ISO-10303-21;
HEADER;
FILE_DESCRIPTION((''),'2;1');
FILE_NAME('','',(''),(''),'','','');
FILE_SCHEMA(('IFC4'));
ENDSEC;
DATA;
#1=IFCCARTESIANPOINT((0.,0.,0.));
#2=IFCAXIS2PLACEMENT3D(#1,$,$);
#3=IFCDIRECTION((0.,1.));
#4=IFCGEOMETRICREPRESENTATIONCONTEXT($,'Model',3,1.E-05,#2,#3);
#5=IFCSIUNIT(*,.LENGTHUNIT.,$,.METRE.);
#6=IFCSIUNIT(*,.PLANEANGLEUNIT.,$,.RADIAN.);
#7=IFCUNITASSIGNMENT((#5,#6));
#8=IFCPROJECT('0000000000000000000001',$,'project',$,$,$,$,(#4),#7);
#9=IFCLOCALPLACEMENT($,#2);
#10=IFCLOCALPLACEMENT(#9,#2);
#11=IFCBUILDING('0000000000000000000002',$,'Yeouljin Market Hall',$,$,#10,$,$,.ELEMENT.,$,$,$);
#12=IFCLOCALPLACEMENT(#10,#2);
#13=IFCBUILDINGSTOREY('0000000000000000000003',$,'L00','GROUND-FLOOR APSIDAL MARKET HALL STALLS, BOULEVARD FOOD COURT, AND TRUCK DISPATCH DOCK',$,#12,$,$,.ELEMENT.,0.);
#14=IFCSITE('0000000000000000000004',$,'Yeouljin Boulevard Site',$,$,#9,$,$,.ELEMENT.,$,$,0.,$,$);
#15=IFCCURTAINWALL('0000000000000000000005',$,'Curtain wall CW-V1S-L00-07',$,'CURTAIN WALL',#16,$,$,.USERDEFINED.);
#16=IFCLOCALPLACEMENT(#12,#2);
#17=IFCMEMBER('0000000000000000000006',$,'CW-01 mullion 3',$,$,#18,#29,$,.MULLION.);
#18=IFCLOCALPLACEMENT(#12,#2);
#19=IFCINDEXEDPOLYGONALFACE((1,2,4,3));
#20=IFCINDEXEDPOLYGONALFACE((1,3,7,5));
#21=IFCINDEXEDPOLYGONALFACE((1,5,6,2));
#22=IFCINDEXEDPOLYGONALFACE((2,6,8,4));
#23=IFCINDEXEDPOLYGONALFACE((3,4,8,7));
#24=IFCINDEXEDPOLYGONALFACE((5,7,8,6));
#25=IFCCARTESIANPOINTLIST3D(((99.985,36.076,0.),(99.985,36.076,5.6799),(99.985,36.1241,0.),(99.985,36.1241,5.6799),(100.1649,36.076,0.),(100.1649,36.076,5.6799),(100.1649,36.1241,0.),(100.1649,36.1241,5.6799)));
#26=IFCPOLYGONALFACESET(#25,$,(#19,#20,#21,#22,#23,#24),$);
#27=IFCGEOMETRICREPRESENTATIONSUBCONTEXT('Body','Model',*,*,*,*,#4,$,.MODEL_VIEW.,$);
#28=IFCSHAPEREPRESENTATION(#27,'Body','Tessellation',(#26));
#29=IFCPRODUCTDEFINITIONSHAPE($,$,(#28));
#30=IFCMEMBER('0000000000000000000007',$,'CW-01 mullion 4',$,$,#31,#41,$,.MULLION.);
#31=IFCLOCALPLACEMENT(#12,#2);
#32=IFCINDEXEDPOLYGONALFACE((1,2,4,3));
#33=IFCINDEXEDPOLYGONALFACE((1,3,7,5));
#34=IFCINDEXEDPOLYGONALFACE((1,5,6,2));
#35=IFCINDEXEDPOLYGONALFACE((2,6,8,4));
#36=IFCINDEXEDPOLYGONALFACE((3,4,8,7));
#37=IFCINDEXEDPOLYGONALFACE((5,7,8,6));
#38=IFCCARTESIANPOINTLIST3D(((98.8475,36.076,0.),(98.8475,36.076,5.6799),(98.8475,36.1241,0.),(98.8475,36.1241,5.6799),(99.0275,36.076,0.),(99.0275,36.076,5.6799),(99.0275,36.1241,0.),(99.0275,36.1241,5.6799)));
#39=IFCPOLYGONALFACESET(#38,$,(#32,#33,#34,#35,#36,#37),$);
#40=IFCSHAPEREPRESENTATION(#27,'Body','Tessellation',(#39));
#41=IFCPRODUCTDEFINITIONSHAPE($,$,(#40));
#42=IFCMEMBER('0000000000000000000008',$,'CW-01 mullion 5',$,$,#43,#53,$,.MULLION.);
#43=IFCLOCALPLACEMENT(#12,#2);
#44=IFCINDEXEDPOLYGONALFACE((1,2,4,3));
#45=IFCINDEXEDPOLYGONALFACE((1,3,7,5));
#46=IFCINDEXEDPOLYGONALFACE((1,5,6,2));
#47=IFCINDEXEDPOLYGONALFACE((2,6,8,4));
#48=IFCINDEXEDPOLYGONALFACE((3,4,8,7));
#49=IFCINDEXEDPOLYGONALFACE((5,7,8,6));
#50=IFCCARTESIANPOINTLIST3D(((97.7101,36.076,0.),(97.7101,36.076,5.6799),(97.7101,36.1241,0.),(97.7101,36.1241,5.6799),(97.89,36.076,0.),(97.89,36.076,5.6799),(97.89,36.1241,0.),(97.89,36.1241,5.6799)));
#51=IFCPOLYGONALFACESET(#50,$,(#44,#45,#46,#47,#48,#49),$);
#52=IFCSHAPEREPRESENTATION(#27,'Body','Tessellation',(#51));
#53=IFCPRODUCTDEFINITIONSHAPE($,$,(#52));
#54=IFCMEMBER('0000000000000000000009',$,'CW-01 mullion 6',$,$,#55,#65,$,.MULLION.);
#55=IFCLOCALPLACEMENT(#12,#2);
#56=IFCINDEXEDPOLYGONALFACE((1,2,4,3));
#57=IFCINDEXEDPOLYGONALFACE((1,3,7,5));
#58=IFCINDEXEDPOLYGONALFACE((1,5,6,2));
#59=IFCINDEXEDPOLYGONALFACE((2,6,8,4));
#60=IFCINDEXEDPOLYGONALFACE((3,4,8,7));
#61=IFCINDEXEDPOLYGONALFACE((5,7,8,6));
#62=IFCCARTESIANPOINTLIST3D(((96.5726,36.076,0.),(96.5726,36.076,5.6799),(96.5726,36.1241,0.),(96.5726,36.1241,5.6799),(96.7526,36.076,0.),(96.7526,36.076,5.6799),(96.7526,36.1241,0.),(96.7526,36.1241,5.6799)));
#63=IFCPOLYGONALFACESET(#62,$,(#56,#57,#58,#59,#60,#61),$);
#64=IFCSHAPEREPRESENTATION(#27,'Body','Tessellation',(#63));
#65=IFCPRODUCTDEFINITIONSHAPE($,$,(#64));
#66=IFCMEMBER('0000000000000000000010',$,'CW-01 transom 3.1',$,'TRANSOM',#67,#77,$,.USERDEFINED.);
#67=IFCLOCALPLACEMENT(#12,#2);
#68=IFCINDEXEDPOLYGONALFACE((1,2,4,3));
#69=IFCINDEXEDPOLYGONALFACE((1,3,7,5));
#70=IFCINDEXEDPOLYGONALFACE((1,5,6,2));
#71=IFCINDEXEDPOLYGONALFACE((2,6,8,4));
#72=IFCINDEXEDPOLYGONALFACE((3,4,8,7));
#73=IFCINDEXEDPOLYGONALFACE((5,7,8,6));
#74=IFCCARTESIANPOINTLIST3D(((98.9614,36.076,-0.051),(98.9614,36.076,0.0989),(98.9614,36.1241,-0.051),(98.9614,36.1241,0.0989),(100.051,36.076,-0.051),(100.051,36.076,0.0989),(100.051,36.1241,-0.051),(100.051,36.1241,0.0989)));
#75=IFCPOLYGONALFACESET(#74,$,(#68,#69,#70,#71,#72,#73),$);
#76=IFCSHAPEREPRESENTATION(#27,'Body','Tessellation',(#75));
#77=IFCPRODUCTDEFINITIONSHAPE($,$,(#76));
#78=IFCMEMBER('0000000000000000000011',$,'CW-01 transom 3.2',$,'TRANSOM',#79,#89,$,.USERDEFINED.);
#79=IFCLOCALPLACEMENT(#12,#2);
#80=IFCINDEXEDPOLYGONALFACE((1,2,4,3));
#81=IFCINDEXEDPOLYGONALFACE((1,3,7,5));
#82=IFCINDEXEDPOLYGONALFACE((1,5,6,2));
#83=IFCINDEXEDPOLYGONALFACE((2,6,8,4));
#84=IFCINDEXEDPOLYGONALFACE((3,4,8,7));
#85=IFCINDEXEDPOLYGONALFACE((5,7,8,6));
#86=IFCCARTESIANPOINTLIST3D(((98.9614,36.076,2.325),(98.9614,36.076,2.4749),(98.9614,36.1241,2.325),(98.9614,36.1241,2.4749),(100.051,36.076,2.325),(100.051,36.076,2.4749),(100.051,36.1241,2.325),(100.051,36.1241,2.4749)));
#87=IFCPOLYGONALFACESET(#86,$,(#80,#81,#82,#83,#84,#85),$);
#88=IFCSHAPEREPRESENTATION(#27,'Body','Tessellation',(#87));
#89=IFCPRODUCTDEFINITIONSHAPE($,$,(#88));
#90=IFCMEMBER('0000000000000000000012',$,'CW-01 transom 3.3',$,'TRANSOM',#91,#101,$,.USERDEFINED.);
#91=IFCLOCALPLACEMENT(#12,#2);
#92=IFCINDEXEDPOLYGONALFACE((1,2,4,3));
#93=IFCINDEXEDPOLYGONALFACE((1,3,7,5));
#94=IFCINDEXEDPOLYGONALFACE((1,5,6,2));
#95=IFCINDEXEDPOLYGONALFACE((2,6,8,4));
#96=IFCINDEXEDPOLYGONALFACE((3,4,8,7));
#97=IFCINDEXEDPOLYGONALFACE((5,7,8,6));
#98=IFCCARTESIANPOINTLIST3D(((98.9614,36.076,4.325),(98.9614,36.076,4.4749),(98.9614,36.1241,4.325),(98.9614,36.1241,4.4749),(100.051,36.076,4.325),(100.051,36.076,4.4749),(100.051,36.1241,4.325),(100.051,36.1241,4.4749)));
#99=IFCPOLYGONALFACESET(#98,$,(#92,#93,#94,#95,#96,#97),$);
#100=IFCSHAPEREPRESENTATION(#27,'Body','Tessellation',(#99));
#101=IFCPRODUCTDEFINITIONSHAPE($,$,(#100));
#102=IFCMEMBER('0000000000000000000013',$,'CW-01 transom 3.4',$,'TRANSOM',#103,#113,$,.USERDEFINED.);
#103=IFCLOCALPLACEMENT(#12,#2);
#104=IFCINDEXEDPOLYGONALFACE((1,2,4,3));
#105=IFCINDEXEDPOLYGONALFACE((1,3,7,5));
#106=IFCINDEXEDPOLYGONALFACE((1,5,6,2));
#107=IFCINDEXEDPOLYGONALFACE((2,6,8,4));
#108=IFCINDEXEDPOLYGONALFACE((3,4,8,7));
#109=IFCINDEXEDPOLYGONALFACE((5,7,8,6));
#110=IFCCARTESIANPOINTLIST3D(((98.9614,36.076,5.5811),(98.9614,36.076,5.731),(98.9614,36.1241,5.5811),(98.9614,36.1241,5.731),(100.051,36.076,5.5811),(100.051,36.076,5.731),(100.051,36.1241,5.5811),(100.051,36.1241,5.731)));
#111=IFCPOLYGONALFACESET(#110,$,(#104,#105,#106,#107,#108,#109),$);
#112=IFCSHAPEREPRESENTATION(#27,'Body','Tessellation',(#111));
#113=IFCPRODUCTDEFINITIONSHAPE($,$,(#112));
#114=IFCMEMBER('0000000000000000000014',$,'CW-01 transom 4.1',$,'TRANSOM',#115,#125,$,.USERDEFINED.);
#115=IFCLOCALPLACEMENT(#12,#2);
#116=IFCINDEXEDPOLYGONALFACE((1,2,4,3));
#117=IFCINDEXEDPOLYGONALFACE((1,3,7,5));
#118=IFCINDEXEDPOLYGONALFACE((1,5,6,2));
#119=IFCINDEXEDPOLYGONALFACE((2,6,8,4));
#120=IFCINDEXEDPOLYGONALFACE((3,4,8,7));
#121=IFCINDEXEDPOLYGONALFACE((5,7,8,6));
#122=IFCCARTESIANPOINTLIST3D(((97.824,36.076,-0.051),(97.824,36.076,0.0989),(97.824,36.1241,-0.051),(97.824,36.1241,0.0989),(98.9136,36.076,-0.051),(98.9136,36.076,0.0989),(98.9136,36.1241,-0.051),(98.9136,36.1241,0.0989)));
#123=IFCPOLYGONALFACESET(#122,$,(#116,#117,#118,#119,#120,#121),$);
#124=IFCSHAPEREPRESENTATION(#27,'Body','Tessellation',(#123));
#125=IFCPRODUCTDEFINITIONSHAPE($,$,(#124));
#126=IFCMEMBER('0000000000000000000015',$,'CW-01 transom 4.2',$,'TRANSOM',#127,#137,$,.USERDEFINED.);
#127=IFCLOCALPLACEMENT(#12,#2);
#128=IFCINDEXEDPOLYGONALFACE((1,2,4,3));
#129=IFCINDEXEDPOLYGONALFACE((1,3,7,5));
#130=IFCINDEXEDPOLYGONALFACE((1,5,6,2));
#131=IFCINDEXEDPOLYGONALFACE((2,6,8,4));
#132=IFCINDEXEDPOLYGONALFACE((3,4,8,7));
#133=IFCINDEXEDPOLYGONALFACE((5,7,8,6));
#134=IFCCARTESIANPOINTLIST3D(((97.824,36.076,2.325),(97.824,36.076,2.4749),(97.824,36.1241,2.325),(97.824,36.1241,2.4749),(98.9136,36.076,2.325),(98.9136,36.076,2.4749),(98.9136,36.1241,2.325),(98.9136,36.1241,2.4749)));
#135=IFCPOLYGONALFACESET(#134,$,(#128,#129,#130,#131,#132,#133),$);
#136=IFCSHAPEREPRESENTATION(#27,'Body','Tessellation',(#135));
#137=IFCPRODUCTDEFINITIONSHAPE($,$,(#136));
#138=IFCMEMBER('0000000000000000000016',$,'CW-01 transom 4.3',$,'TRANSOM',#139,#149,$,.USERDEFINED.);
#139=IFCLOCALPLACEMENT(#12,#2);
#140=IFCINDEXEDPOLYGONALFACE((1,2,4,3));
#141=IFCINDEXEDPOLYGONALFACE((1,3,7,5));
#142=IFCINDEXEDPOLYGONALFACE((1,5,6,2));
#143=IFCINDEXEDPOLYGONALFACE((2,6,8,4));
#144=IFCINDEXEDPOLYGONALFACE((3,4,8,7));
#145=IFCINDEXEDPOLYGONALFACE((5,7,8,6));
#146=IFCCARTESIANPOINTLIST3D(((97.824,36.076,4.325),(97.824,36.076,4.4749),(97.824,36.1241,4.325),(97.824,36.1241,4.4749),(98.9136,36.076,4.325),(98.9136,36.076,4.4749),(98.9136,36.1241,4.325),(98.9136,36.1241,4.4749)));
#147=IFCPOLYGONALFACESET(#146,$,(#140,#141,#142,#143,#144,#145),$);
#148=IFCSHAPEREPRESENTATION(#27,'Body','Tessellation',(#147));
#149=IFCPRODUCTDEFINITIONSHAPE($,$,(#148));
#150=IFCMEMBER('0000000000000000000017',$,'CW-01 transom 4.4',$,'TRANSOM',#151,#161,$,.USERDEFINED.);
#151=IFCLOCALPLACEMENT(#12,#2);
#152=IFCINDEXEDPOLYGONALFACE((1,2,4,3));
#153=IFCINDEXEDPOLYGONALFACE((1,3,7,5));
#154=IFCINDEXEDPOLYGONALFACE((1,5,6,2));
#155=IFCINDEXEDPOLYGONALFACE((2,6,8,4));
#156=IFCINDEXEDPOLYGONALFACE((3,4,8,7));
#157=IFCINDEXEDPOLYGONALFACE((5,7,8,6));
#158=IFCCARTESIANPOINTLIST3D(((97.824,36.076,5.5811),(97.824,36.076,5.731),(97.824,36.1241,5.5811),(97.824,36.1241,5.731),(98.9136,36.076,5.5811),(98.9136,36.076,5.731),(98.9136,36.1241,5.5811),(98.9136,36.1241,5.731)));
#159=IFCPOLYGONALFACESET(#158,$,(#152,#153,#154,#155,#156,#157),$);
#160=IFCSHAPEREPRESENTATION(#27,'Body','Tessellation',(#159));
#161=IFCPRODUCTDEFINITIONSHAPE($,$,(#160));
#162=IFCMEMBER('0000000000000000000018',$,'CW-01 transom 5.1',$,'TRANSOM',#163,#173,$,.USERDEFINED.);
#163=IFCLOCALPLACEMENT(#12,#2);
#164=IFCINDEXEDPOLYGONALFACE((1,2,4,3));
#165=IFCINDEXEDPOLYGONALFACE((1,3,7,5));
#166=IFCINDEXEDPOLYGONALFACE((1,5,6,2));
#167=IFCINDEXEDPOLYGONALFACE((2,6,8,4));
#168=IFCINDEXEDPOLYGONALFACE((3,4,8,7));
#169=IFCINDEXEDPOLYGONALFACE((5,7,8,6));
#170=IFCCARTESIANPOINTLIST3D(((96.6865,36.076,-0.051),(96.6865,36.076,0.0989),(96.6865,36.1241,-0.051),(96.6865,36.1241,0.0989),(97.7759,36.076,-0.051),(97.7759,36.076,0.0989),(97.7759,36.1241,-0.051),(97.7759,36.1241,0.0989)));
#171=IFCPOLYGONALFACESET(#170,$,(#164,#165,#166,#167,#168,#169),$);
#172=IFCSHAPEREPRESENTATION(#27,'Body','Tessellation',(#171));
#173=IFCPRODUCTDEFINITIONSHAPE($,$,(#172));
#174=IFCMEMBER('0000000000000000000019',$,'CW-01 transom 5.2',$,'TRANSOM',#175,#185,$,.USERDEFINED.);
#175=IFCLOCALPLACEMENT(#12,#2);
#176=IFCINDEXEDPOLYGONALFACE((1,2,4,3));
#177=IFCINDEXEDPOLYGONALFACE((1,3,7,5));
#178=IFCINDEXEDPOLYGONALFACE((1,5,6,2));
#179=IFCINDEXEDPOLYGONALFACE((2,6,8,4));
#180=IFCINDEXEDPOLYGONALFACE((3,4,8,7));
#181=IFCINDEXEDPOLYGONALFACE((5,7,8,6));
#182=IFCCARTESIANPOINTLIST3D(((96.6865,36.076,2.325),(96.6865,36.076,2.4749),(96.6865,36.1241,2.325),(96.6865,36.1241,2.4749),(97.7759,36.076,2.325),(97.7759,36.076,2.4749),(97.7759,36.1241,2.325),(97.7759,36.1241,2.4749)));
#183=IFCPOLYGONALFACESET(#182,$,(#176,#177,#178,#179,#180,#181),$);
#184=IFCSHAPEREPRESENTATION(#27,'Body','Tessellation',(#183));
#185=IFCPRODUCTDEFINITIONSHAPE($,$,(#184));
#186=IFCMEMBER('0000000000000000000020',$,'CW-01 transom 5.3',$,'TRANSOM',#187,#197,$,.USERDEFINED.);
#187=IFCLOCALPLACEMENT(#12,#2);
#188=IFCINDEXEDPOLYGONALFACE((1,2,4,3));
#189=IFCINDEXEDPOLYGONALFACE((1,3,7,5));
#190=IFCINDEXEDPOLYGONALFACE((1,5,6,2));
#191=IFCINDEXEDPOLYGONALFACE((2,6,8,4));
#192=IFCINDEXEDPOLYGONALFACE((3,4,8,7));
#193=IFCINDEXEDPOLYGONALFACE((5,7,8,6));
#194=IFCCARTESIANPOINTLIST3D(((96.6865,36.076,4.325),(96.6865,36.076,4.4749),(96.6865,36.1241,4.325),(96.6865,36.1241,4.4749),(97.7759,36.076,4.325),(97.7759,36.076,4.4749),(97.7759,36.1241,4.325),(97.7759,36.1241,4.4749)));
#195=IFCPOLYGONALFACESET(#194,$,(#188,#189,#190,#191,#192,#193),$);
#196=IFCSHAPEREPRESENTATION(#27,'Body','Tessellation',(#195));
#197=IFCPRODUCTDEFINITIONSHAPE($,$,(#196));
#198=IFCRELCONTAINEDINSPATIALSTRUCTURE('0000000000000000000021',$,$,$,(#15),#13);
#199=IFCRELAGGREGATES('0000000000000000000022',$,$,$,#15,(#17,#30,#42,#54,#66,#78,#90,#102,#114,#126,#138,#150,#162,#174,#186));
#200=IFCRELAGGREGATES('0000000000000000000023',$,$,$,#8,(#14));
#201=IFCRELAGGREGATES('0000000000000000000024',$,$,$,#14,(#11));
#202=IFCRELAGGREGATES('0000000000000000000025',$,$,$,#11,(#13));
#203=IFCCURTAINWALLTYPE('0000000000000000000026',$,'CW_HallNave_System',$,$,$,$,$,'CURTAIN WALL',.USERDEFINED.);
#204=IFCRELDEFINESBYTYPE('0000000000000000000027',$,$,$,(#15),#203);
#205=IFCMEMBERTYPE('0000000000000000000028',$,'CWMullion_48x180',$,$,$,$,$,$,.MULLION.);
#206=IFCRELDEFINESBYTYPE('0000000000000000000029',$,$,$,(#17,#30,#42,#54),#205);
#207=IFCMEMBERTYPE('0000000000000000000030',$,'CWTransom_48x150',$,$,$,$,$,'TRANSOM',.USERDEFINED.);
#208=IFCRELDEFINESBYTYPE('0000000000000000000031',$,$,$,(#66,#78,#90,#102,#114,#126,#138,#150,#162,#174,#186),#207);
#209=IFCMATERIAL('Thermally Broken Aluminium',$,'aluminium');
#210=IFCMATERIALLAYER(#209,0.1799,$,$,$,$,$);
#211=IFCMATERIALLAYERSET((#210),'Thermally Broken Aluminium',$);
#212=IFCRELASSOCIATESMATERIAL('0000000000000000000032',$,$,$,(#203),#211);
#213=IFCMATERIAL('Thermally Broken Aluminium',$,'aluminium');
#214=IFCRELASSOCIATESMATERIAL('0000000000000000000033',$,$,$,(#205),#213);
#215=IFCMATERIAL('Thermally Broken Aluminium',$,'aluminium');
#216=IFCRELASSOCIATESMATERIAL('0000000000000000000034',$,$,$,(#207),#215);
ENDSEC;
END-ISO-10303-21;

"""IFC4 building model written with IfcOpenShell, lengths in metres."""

from ifc_helpers import new_model, si_unit, direction, frame, origin, origin_2d, place, context, subcontext, project, spatial, rectangle, extrude, material, layer, layer_set, material_profile, profile_set, type_object, element, aggregate, save


model = new_model("IFC4")

# Units and contexts
model_context = context("Model", 3, precision=1e-05, world=origin(), true_north=direction((0.0, 1.0)))
body_context = subcontext(model_context, "Body", "Model", "MODEL_VIEW")
ifc_project = project(units=[si_unit("LENGTHUNIT", "METRE"), si_unit("PLANEANGLEUNIT", "RADIAN")], contexts=[model_context])

# Site, building, storey
site_placement = place(None, origin())
site = spatial("IfcSite", under=ifc_project, at=site_placement, Name="Yeouljin Boulevard Site", CompositionType="ELEMENT", RefElevation=0.0)
building_placement = place(site_placement, origin())
building = spatial("IfcBuilding", under=site, at=building_placement, Name="Yeouljin Market Hall", CompositionType="ELEMENT")
storey_placement = place(building_placement, origin())
storey = spatial("IfcBuildingStorey", under=building, at=storey_placement, Name="L00", Description="GROUND-FLOOR APSIDAL MARKET HALL STALLS, BOULEVARD FOOD COURT, AND TRUCK DISPATCH DOCK", CompositionType="ELEMENT", Elevation=0.0)

# Curtain wall, members
ifc_material_1 = material(Name="Thermally Broken Aluminium", Category="aluminium")
ifc_layer_1 = layer(ifc_material_1, 0.1799)
ifc_layer_set_1 = layer_set([ifc_layer_1], Name="Thermally Broken Aluminium")
curtain_wall_type = type_object("IfcCurtainWallType", Name="CW_HallNave_System", ElementType="CURTAIN WALL", PredefinedType="USERDEFINED", material=ifc_layer_set_1)
curtain_wall_placement = place(storey_placement, origin())
curtain_wall = element("IfcCurtainWall", 1, at=curtain_wall_placement, inside=storey, type_object=curtain_wall_type, Name="Curtain wall CW-V1S-L00-07", ObjectType="CURTAIN WALL", PredefinedType="USERDEFINED")
ifc_material_2 = material(Name="Thermally Broken Aluminium", Category="aluminium")
ifc_material_profile_1 = material_profile(ifc_material_2, rectangle(XDim=0.0481, YDim=0.1799, at=origin_2d()), Name="CW-MULL-48x180")
ifc_profile_set_1 = profile_set([ifc_material_profile_1], Name="Thermally Broken Aluminium")
member_type_1 = type_object("IfcMemberType", Name="CWMullion_48x180", PredefinedType="MULLION", material=ifc_profile_set_1)
member_1_placement = place(storey_placement, frame((100.075, 36.1001, 0.0), z_axis=(0.0, 0.0, 1.0), x_axis=(0.0, -1.0, 0.0)))
member_1 = element("IfcMember", 2, at=member_1_placement, type_object=member_type_1, Name="CW-01 mullion 3", PredefinedType="MULLION", context=body_context, shape_type="SweptSolid", body=[
    extrude(rectangle(XDim=0.0481, YDim=0.1799, at=origin_2d()), origin(), (0.0, 0.0, 1.0), 5.6799),
])
member_2_placement = place(storey_placement, frame((98.9375, 36.1001, 0.0), z_axis=(0.0, 0.0, 1.0), x_axis=(0.0, -1.0, 0.0)))
member_2 = element("IfcMember", 3, at=member_2_placement, type_object=member_type_1, Name="CW-01 mullion 4", PredefinedType="MULLION", context=body_context, shape_type="SweptSolid", body=[
    extrude(rectangle(XDim=0.0481, YDim=0.1799, at=origin_2d()), origin(), (0.0, 0.0, 1.0), 5.6799),
])
member_3_placement = place(storey_placement, frame((97.8, 36.1001, 0.0), z_axis=(0.0, 0.0, 1.0), x_axis=(0.0, -1.0, 0.0)))
member_3 = element("IfcMember", 4, at=member_3_placement, type_object=member_type_1, Name="CW-01 mullion 5", PredefinedType="MULLION", context=body_context, shape_type="SweptSolid", body=[
    extrude(rectangle(XDim=0.0481, YDim=0.1799, at=origin_2d()), origin(), (0.0, 0.0, 1.0), 5.6799),
])
member_4_placement = place(storey_placement, frame((96.6626, 36.1001, 0.0), z_axis=(0.0, 0.0, 1.0), x_axis=(0.0, -1.0, 0.0)))
member_4 = element("IfcMember", 5, at=member_4_placement, type_object=member_type_1, Name="CW-01 mullion 6", PredefinedType="MULLION", context=body_context, shape_type="SweptSolid", body=[
    extrude(rectangle(XDim=0.0481, YDim=0.1799, at=origin_2d()), origin(), (0.0, 0.0, 1.0), 5.6799),
])
ifc_material_3 = material(Name="Thermally Broken Aluminium", Category="aluminium")
ifc_material_profile_2 = material_profile(ifc_material_3, rectangle(XDim=0.0481, YDim=0.1499, at=origin_2d()), Name="CW-TRAN-48x150")
ifc_profile_set_2 = profile_set([ifc_material_profile_2], Name="Thermally Broken Aluminium")
member_type_2 = type_object("IfcMemberType", Name="CWTransom_48x150", ElementType="TRANSOM", PredefinedType="USERDEFINED", material=ifc_profile_set_2)
member_5_placement = place(storey_placement, frame((100.051, 36.1001, 0.0239), z_axis=(-1.0, 0.0, 0.0), x_axis=(0.0, -1.0, 0.0)))
member_5 = element("IfcMember", 6, at=member_5_placement, type_object=member_type_2, Name="CW-01 transom 3.1", ObjectType="TRANSOM", PredefinedType="USERDEFINED", context=body_context, shape_type="SweptSolid", body=[
    extrude(rectangle(XDim=0.0481, YDim=0.1499, at=origin_2d()), origin(), (0.0, 0.0, 1.0), 1.0896),
])
member_6_placement = place(storey_placement, frame((100.051, 36.1001, 2.3999), z_axis=(-1.0, 0.0, 0.0), x_axis=(0.0, -1.0, 0.0)))
member_6 = element("IfcMember", 7, at=member_6_placement, type_object=member_type_2, Name="CW-01 transom 3.2", ObjectType="TRANSOM", PredefinedType="USERDEFINED", context=body_context, shape_type="SweptSolid", body=[
    extrude(rectangle(XDim=0.0481, YDim=0.1499, at=origin_2d()), origin(), (0.0, 0.0, 1.0), 1.0896),
])
member_7_placement = place(storey_placement, frame((100.051, 36.1001, 4.3999), z_axis=(-1.0, 0.0, 0.0), x_axis=(0.0, -1.0, 0.0)))
member_7 = element("IfcMember", 8, at=member_7_placement, type_object=member_type_2, Name="CW-01 transom 3.3", ObjectType="TRANSOM", PredefinedType="USERDEFINED", context=body_context, shape_type="SweptSolid", body=[
    extrude(rectangle(XDim=0.0481, YDim=0.1499, at=origin_2d()), origin(), (0.0, 0.0, 1.0), 1.0896),
])
member_8_placement = place(storey_placement, frame((100.051, 36.1001, 5.656), z_axis=(-1.0, 0.0, 0.0), x_axis=(0.0, -1.0, 0.0)))
member_8 = element("IfcMember", 9, at=member_8_placement, type_object=member_type_2, Name="CW-01 transom 3.4", ObjectType="TRANSOM", PredefinedType="USERDEFINED", context=body_context, shape_type="SweptSolid", body=[
    extrude(rectangle(XDim=0.0481, YDim=0.1499, at=origin_2d()), origin(), (0.0, 0.0, 1.0), 1.0896),
])
member_9_placement = place(storey_placement, frame((98.9136, 36.1001, 0.0239), z_axis=(-1.0, 0.0, 0.0), x_axis=(0.0, -1.0, 0.0)))
member_9 = element("IfcMember", 10, at=member_9_placement, type_object=member_type_2, Name="CW-01 transom 4.1", ObjectType="TRANSOM", PredefinedType="USERDEFINED", context=body_context, shape_type="SweptSolid", body=[
    extrude(rectangle(XDim=0.0481, YDim=0.1499, at=origin_2d()), origin(), (0.0, 0.0, 1.0), 1.0896),
])
member_10_placement = place(storey_placement, frame((98.9136, 36.1001, 2.3999), z_axis=(-1.0, 0.0, 0.0), x_axis=(0.0, -1.0, 0.0)))
member_10 = element("IfcMember", 11, at=member_10_placement, type_object=member_type_2, Name="CW-01 transom 4.2", ObjectType="TRANSOM", PredefinedType="USERDEFINED", context=body_context, shape_type="SweptSolid", body=[
    extrude(rectangle(XDim=0.0481, YDim=0.1499, at=origin_2d()), origin(), (0.0, 0.0, 1.0), 1.0896),
])
member_11_placement = place(storey_placement, frame((98.9136, 36.1001, 4.3999), z_axis=(-1.0, 0.0, 0.0), x_axis=(0.0, -1.0, 0.0)))
member_11 = element("IfcMember", 12, at=member_11_placement, type_object=member_type_2, Name="CW-01 transom 4.3", ObjectType="TRANSOM", PredefinedType="USERDEFINED", context=body_context, shape_type="SweptSolid", body=[
    extrude(rectangle(XDim=0.0481, YDim=0.1499, at=origin_2d()), origin(), (0.0, 0.0, 1.0), 1.0896),
])
member_12_placement = place(storey_placement, frame((98.9136, 36.1001, 5.656), z_axis=(-1.0, 0.0, 0.0), x_axis=(0.0, -1.0, 0.0)))
member_12 = element("IfcMember", 13, at=member_12_placement, type_object=member_type_2, Name="CW-01 transom 4.4", ObjectType="TRANSOM", PredefinedType="USERDEFINED", context=body_context, shape_type="SweptSolid", body=[
    extrude(rectangle(XDim=0.0481, YDim=0.1499, at=origin_2d()), origin(), (0.0, 0.0, 1.0), 1.0896),
])
member_13_placement = place(storey_placement, frame((97.7759, 36.1001, 0.0239), z_axis=(-1.0, 0.0, 0.0), x_axis=(0.0, -1.0, 0.0)))
member_13 = element("IfcMember", 14, at=member_13_placement, type_object=member_type_2, Name="CW-01 transom 5.1", ObjectType="TRANSOM", PredefinedType="USERDEFINED", context=body_context, shape_type="SweptSolid", body=[
    extrude(rectangle(XDim=0.0481, YDim=0.1499, at=origin_2d()), origin(), (0.0, 0.0, 1.0), 1.0894),
])
member_14_placement = place(storey_placement, frame((97.7759, 36.1001, 2.3999), z_axis=(-1.0, 0.0, 0.0), x_axis=(0.0, -1.0, 0.0)))
member_14 = element("IfcMember", 15, at=member_14_placement, type_object=member_type_2, Name="CW-01 transom 5.2", ObjectType="TRANSOM", PredefinedType="USERDEFINED", context=body_context, shape_type="SweptSolid", body=[
    extrude(rectangle(XDim=0.0481, YDim=0.1499, at=origin_2d()), origin(), (0.0, 0.0, 1.0), 1.0894),
])
member_15_placement = place(storey_placement, frame((97.7759, 36.1001, 4.3999), z_axis=(-1.0, 0.0, 0.0), x_axis=(0.0, -1.0, 0.0)))
member_15 = element("IfcMember", 16, at=member_15_placement, type_object=member_type_2, Name="CW-01 transom 5.3", ObjectType="TRANSOM", PredefinedType="USERDEFINED", context=body_context, shape_type="SweptSolid", body=[
    extrude(rectangle(XDim=0.0481, YDim=0.1499, at=origin_2d()), origin(), (0.0, 0.0, 1.0), 1.0894),
])
aggregate(curtain_wall, [member_1, member_2, member_3, member_4, member_5, member_6, member_7, member_8, member_9, member_10, member_11, member_12, member_13, member_14, member_15])

save(model, "model.ifc")
